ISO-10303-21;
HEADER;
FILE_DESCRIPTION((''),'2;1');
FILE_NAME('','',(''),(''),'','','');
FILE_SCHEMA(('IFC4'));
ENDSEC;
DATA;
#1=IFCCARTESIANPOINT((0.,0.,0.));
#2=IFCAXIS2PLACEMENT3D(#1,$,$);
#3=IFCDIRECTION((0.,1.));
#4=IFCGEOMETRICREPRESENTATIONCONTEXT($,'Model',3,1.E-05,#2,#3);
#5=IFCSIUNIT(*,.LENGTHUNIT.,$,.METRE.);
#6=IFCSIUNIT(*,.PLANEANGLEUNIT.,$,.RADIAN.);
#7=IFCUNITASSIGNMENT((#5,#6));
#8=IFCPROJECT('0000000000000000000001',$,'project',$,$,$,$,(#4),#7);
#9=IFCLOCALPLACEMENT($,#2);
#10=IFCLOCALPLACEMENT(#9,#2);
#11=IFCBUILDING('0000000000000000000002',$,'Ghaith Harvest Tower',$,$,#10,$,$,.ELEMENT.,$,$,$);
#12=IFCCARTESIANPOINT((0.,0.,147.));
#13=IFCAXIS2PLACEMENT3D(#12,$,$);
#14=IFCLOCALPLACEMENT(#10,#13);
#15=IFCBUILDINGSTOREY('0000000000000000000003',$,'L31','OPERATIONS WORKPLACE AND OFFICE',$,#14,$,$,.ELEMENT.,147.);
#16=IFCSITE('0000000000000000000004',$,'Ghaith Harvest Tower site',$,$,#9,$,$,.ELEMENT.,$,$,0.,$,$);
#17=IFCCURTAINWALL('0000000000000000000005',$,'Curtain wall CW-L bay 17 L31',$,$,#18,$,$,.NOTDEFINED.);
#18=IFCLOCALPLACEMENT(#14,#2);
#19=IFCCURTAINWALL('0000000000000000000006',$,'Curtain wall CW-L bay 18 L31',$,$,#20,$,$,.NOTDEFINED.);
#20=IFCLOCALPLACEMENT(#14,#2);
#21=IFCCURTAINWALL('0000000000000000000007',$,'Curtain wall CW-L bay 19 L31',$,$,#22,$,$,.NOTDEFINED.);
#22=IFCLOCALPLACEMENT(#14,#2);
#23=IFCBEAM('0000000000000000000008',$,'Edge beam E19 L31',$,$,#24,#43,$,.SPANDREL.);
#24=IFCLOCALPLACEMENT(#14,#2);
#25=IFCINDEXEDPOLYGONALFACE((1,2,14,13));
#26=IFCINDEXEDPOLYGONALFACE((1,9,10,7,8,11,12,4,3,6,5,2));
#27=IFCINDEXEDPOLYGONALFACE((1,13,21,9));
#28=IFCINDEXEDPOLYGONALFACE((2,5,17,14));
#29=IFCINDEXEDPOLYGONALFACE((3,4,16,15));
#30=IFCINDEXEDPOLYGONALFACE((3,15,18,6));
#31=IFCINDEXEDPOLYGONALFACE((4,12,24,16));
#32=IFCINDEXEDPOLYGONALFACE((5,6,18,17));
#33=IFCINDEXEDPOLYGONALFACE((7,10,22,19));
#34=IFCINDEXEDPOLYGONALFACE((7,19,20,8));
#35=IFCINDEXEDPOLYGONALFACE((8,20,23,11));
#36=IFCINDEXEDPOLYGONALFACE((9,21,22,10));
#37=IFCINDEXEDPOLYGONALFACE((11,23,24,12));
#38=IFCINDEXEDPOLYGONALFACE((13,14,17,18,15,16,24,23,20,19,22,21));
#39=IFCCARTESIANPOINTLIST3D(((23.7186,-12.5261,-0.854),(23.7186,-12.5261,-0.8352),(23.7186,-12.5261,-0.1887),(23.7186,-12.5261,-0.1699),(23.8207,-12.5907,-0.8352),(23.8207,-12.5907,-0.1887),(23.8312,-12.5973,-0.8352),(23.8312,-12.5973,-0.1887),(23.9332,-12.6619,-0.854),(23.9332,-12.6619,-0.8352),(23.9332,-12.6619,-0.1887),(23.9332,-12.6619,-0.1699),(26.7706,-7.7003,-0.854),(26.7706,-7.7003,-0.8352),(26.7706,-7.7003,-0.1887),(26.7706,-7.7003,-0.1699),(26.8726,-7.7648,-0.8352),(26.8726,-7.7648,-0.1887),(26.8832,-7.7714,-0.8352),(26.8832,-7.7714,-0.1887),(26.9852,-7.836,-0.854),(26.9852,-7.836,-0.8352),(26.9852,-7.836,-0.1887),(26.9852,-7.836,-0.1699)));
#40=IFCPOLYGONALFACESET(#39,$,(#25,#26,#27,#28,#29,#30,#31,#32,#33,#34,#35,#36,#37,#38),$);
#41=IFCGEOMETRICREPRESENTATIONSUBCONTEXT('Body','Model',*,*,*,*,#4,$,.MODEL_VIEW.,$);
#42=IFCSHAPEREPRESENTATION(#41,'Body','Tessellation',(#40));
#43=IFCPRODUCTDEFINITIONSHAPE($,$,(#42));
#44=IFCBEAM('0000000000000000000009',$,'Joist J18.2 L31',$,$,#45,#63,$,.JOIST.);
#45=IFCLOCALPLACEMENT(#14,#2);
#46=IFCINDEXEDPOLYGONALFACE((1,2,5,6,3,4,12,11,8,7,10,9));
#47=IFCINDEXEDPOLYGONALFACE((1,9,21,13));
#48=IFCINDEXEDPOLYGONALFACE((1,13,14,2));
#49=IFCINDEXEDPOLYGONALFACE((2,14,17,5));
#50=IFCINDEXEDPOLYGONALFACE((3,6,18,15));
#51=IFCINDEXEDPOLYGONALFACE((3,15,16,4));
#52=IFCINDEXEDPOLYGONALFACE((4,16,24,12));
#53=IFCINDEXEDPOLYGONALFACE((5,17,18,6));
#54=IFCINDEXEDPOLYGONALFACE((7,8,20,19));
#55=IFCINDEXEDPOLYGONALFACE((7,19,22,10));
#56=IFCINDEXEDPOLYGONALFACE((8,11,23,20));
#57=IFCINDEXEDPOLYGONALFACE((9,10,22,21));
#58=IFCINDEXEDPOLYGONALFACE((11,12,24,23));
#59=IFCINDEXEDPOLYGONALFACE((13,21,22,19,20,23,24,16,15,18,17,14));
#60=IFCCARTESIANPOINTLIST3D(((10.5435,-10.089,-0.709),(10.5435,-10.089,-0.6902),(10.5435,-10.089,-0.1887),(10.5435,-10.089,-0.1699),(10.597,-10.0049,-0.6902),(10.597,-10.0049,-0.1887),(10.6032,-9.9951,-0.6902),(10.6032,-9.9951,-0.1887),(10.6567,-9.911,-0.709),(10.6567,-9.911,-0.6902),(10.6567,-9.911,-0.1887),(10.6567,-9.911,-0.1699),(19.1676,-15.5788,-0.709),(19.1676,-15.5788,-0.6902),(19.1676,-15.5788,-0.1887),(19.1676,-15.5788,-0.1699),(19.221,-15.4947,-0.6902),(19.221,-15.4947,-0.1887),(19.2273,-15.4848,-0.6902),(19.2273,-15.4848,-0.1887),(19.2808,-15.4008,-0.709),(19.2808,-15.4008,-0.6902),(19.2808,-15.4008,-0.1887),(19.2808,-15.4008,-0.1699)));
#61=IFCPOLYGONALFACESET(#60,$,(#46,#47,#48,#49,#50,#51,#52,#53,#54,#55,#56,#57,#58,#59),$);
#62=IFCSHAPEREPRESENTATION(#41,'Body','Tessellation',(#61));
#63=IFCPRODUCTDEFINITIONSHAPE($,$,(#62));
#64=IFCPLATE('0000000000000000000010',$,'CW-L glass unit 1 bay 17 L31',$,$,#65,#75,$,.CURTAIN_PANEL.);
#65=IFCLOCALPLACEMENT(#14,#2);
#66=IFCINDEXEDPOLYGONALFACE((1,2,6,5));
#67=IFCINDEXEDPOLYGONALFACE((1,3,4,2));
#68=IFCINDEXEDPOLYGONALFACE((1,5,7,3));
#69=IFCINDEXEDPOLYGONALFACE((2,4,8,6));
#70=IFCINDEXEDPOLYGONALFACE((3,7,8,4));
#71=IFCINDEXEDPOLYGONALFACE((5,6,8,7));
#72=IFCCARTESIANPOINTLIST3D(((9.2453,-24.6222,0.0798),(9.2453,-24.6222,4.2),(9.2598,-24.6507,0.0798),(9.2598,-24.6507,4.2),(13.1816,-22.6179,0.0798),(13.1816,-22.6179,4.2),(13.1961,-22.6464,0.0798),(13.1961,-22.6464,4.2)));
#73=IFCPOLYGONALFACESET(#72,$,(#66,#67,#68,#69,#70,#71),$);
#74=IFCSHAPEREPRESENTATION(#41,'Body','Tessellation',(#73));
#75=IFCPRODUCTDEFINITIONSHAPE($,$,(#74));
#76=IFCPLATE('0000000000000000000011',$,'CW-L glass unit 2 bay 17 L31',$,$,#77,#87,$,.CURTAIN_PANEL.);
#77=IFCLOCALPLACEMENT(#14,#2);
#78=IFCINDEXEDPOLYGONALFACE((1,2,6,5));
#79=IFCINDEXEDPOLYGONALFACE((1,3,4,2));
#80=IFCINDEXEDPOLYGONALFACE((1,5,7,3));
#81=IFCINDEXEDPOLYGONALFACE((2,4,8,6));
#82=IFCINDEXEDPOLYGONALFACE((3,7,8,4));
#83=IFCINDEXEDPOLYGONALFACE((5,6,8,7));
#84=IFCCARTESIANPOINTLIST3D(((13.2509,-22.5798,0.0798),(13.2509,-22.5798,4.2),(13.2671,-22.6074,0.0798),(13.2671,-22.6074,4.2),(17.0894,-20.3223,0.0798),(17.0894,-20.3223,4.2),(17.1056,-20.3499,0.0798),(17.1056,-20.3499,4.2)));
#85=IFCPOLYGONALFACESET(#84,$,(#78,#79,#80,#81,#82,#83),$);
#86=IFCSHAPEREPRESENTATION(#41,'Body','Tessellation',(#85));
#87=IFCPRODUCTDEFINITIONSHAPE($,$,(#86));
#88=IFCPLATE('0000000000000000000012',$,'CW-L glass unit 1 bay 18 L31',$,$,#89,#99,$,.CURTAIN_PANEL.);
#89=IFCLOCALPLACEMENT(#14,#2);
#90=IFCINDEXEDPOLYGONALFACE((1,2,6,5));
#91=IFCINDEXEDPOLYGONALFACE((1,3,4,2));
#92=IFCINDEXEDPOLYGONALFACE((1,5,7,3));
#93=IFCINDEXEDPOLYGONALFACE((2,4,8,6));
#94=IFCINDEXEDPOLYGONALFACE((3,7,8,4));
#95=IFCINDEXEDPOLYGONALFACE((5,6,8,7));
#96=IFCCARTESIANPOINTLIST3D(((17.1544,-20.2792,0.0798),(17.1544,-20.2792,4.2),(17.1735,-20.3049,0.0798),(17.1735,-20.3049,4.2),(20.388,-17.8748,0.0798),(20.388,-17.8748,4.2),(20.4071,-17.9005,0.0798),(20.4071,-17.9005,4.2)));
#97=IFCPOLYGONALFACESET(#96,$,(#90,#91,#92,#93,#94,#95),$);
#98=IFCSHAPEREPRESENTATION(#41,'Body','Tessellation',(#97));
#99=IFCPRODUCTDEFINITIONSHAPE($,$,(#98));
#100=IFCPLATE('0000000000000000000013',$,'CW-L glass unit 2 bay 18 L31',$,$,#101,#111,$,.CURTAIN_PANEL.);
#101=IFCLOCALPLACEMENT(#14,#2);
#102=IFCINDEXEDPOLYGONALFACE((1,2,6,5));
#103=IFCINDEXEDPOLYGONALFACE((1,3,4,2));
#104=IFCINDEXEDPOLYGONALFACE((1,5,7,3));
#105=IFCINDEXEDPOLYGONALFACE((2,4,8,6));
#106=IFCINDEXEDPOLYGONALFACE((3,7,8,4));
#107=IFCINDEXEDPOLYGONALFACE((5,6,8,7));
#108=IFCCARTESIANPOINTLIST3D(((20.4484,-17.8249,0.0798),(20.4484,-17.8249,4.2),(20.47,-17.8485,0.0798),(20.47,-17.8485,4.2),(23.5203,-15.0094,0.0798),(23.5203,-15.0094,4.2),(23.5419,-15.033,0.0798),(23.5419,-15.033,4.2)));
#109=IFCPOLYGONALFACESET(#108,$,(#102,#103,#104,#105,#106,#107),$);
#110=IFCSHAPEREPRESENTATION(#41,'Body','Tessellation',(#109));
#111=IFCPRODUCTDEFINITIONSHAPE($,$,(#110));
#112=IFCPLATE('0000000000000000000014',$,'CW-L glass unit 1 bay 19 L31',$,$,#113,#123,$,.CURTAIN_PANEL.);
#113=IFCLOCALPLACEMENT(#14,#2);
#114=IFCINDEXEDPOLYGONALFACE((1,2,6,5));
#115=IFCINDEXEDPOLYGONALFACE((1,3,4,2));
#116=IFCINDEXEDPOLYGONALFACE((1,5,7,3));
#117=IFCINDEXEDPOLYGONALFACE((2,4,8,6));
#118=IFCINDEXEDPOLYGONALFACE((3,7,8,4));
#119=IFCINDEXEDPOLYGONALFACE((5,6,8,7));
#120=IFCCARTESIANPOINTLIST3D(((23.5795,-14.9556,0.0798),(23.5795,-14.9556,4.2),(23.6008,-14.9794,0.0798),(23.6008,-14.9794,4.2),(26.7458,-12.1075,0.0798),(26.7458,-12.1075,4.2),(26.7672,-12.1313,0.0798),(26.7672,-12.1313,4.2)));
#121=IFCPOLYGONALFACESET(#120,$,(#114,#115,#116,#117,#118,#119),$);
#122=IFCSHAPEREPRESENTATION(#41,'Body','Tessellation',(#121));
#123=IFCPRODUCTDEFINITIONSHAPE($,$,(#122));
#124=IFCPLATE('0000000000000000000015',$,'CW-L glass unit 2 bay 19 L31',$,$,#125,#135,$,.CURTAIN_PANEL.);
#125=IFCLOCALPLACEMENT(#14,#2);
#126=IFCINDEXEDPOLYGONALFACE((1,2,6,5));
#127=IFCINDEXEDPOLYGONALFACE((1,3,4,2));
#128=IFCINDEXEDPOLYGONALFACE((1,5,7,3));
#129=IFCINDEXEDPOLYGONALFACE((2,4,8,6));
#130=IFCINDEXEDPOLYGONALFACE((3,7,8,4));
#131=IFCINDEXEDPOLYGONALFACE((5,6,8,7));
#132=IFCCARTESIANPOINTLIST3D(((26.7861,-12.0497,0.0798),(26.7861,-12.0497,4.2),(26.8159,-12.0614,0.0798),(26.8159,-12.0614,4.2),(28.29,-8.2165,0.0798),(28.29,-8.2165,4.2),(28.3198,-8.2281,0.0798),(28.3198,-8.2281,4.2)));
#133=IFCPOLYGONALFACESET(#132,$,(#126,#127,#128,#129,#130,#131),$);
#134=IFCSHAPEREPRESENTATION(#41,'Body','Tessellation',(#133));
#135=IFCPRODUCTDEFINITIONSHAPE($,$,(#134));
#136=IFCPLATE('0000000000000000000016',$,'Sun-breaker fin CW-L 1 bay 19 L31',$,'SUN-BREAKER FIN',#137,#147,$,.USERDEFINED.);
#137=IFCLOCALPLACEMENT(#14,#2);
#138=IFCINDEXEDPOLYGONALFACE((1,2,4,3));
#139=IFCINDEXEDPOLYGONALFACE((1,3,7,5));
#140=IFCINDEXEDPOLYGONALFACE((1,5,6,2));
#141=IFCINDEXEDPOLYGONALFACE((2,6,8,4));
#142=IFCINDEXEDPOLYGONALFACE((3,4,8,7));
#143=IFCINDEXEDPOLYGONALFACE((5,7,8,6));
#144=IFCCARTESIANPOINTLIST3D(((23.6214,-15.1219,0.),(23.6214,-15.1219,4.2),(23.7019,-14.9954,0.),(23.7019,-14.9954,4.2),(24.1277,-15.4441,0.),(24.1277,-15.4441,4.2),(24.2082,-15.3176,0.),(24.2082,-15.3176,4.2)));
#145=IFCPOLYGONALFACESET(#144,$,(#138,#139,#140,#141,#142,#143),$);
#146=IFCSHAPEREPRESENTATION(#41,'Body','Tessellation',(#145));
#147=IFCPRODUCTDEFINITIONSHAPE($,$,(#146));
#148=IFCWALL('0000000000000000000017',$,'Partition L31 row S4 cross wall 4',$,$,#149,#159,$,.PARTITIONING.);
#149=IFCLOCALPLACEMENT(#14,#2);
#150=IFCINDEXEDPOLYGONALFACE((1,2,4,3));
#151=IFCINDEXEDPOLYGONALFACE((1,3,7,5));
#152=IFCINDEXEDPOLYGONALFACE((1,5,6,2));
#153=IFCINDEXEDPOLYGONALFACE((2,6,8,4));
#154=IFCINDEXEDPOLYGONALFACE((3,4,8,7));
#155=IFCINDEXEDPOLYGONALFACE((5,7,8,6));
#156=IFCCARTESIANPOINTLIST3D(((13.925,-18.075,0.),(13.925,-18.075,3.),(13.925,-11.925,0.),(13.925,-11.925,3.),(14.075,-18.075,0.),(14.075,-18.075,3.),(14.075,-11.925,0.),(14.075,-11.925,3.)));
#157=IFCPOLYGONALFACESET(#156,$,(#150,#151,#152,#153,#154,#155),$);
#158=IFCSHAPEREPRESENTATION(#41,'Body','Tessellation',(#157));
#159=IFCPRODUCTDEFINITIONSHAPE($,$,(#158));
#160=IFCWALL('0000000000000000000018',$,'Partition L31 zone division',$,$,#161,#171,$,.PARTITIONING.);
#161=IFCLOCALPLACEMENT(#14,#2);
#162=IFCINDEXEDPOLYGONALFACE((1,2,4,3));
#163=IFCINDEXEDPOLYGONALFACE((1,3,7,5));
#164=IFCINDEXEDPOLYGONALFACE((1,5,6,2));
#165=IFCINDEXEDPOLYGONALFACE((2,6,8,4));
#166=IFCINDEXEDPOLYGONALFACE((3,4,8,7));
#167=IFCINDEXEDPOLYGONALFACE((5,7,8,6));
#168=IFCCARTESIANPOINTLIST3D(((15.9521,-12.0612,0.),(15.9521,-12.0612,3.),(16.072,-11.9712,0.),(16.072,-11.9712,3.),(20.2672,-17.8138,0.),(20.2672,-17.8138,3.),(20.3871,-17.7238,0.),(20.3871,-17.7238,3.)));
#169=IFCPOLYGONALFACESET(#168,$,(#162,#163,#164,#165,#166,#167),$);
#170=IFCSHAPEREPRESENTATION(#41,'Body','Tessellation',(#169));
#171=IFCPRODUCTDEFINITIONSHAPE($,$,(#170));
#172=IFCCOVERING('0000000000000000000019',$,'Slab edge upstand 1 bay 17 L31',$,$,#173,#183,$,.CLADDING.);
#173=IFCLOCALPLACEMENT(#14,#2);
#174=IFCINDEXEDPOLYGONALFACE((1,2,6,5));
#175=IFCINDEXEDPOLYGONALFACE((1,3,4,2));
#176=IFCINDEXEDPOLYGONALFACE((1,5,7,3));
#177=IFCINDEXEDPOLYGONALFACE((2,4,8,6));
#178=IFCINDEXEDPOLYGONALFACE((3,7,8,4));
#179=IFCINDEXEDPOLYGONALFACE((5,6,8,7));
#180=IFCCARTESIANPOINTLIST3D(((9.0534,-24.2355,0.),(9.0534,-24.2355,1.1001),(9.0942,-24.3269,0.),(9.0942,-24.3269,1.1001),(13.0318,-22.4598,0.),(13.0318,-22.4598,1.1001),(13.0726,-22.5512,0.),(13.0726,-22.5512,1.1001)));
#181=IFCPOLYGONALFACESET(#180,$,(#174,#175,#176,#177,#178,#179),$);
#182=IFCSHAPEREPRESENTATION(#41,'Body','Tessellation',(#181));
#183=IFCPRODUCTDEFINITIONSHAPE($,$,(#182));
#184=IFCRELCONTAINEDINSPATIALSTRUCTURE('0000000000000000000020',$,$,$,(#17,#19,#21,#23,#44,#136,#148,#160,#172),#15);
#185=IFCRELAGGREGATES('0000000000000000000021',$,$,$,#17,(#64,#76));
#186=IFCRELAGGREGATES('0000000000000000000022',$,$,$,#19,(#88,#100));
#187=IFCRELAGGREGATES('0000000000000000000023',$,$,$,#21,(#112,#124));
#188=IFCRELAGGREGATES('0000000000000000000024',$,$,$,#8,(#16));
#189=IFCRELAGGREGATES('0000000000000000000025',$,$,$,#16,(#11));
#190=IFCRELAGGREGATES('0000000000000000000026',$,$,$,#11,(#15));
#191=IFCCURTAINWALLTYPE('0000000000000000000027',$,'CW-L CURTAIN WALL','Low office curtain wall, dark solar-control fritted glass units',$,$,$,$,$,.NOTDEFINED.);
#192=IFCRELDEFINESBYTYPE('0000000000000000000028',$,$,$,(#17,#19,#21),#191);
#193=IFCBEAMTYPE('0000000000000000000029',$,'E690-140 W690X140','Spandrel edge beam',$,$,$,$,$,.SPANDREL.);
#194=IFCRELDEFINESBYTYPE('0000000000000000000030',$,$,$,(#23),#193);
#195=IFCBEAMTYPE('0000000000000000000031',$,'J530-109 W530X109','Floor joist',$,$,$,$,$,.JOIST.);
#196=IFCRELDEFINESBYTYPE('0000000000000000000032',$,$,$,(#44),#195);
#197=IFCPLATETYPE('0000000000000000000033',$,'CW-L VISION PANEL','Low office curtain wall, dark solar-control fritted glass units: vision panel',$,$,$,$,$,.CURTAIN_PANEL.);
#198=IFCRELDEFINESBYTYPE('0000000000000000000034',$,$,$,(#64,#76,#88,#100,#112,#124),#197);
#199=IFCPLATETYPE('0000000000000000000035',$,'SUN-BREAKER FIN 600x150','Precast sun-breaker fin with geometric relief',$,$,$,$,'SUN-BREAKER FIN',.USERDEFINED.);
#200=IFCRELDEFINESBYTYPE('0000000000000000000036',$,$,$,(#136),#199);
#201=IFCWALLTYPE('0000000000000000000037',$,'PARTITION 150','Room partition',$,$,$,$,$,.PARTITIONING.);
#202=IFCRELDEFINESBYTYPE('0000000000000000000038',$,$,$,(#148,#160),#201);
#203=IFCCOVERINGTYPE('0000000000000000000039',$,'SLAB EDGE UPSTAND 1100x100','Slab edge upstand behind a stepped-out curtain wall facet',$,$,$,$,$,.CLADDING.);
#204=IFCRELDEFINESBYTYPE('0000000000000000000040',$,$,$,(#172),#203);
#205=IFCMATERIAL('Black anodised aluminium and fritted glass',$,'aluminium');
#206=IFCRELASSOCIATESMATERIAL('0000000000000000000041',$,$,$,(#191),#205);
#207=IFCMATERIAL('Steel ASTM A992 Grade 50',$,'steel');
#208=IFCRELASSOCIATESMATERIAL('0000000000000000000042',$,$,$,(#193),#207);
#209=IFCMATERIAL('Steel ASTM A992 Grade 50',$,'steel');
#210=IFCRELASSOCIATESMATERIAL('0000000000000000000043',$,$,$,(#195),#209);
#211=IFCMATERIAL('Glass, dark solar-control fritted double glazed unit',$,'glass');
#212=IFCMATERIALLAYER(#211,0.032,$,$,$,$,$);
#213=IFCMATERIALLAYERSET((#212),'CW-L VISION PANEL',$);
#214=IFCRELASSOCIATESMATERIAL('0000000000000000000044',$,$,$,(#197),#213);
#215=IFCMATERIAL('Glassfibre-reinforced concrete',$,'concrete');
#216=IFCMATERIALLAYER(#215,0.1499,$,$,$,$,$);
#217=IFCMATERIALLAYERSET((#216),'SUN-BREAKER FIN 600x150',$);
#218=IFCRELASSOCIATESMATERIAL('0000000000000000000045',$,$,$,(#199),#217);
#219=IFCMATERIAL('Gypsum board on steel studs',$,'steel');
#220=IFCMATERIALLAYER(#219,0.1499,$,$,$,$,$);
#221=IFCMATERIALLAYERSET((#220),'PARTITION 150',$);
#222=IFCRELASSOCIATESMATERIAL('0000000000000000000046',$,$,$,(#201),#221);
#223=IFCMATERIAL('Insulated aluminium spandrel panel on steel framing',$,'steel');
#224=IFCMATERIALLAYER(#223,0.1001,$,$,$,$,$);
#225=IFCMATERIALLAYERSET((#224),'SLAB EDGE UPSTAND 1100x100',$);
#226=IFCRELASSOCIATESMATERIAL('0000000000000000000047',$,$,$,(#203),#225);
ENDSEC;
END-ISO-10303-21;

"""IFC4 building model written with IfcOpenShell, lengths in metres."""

from ifc_helpers import new_model, si_unit, direction, frame, frame_2d, origin, origin_2d, place, context, subcontext, project, spatial, rectangle, i_section, extrude, material, layer, layer_set, material_profile, profile_set, type_object, element, aggregate, save


model = new_model("IFC4")

# Units and contexts
model_context = context("Model", 3, precision=1e-05, world=origin(), true_north=direction((0.0, 1.0)))
body_context = subcontext(model_context, "Body", "Model", "MODEL_VIEW")
ifc_project = project(units=[si_unit("LENGTHUNIT", "METRE"), si_unit("PLANEANGLEUNIT", "RADIAN")], contexts=[model_context])

# Site, building, storey
site_placement = place(None, origin())
site = spatial("IfcSite", under=ifc_project, at=site_placement, Name="Ghaith Harvest Tower site", CompositionType="ELEMENT", RefElevation=0.0)
building_placement = place(site_placement, origin())
building = spatial("IfcBuilding", under=site, at=building_placement, Name="Ghaith Harvest Tower", CompositionType="ELEMENT")
storey_placement = place(building_placement, frame((0.0, 0.0, 147.0)))
storey = spatial("IfcBuildingStorey", under=building, at=storey_placement, Name="L31", Description="OPERATIONS WORKPLACE AND OFFICE", CompositionType="ELEMENT", Elevation=147.0)

# Curtain wall
ifc_material_1 = material(Name="Black anodised aluminium and fritted glass", Category="aluminium")
curtain_wall_type = type_object("IfcCurtainWallType", Name="CW-L CURTAIN WALL", Description="Low office curtain wall, dark solar-control fritted glass units", PredefinedType="NOTDEFINED", material=ifc_material_1)
curtain_wall_1_placement = place(storey_placement, origin())
curtain_wall_1 = element("IfcCurtainWall", 1, at=curtain_wall_1_placement, inside=storey, type_object=curtain_wall_type, Name="Curtain wall CW-L bay 17 L31", PredefinedType="NOTDEFINED")

# Curtain walls
curtain_wall_2_placement = place(storey_placement, origin())
curtain_wall_2 = element("IfcCurtainWall", 2, at=curtain_wall_2_placement, inside=storey, type_object=curtain_wall_type, Name="Curtain wall CW-L bay 18 L31", PredefinedType="NOTDEFINED")
curtain_wall_3_placement = place(storey_placement, origin())
curtain_wall_3 = element("IfcCurtainWall", 3, at=curtain_wall_3_placement, inside=storey, type_object=curtain_wall_type, Name="Curtain wall CW-L bay 19 L31", PredefinedType="NOTDEFINED")

# Beams
ifc_material_2 = material(Name="Steel ASTM A992 Grade 50", Category="steel")
ifc_material_profile_1 = material_profile(ifc_material_2, i_section(OverallWidth=0.2539, OverallDepth=0.6841, WebThickness=0.0125, FlangeThickness=0.0188, at=origin_2d()), Name="W690X140")
ifc_profile_set_1 = profile_set([ifc_material_profile_1], Name="Steel ASTM A992 Grade 50")
beam_type_1 = type_object("IfcBeamType", Name="E690-140 W690X140", Description="Spandrel edge beam", PredefinedType="SPANDREL", material=ifc_profile_set_1)
beam_1_placement = place(storey_placement, frame((23.8259, -12.594, -0.512), z_axis=(0.5345, 0.845169, 0.0), x_axis=(-0.845169, 0.5345, 0.0)))
element("IfcBeam", 4, at=beam_1_placement, inside=storey, type_object=beam_type_1, Name="Edge beam E19 L31", PredefinedType="SPANDREL", context=body_context, shape_type="SweptSolid", body=[
    extrude(i_section(OverallWidth=0.2539, OverallDepth=0.6841, WebThickness=0.0125, FlangeThickness=0.0188, at=origin_2d()), origin(), (0.0, 0.0, 1.0), 5.71),
])
ifc_material_3 = material(Name="Steel ASTM A992 Grade 50", Category="steel")
ifc_material_profile_2 = material_profile(ifc_material_3, i_section(OverallWidth=0.2109, OverallDepth=0.5391, WebThickness=0.0117, FlangeThickness=0.0188, at=origin_2d()), Name="W530X109")
ifc_profile_set_2 = profile_set([ifc_material_profile_2], Name="Steel ASTM A992 Grade 50")
beam_type_2 = type_object("IfcBeamType", Name="J530-109 W530X109", Description="Floor joist", PredefinedType="JOIST", material=ifc_profile_set_2)
beam_2_placement = place(storey_placement, frame((10.6001, -10.0, -0.4395), z_axis=(0.843585, -0.536996, 0.0), x_axis=(0.536996, 0.843585, 0.0)))
element("IfcBeam", 5, at=beam_2_placement, inside=storey, type_object=beam_type_2, Name="Joist J18.2 L31", PredefinedType="JOIST", context=body_context, shape_type="SweptSolid", body=[
    extrude(i_section(OverallWidth=0.2109, OverallDepth=0.5391, WebThickness=0.0117, FlangeThickness=0.0188, at=origin_2d()), origin(), (0.0, 0.0, 1.0), 10.2231),
])

# Plates
ifc_material_4 = material(Name="Glass, dark solar-control fritted double glazed unit", Category="glass")
ifc_layer_1 = layer(ifc_material_4, 0.032)
ifc_layer_set_1 = layer_set([ifc_layer_1], Name="CW-L VISION PANEL")
plate_type_1 = type_object("IfcPlateType", Name="CW-L VISION PANEL", Description="Low office curtain wall, dark solar-control fritted glass units: vision panel", PredefinedType="CURTAIN_PANEL", material=ifc_layer_set_1)
plate_1_placement = place(storey_placement, frame((11.2207, -23.6343, 0.0798), z_axis=(0.0, 0.0, 1.0), x_axis=(0.891127, 0.453754, 0.0)))
plate_1 = element("IfcPlate", 6, at=plate_1_placement, type_object=plate_type_1, Name="CW-L glass unit 1 bay 17 L31", PredefinedType="CURTAIN_PANEL", context=body_context, shape_type="SweptSolid", body=[
    extrude(rectangle(XDim=4.4172, YDim=0.032, at=origin_2d()), origin(), (0.0, 0.0, 1.0), 4.1201),
])
plate_2_placement = place(storey_placement, frame((15.1782, -21.4648, 0.0798), z_axis=(0.0, 0.0, 1.0), x_axis=(0.861979, 0.506943, 0.0)))
plate_2 = element("IfcPlate", 7, at=plate_2_placement, type_object=plate_type_1, Name="CW-L glass unit 2 bay 17 L31", PredefinedType="CURTAIN_PANEL", context=body_context, shape_type="SweptSolid", body=[
    extrude(rectangle(XDim=4.4531, YDim=0.032, at=origin_2d()), origin(), (0.0, 0.0, 1.0), 4.1201),
])
aggregate(curtain_wall_1, [plate_1, plate_2])
plate_3_placement = place(storey_placement, frame((18.7808, -19.0898, 0.0798), z_axis=(0.0, 0.0, 1.0), x_axis=(0.802462, 0.596703, 0.0)))
plate_3 = element("IfcPlate", 8, at=plate_3_placement, type_object=plate_type_1, Name="CW-L glass unit 1 bay 18 L31", PredefinedType="CURTAIN_PANEL", context=body_context, shape_type="SweptSolid", body=[
    extrude(rectangle(XDim=4.0295, YDim=0.032, at=origin_2d()), origin(), (0.0, 0.0, 1.0), 4.1201),
])
plate_4_placement = place(storey_placement, frame((21.9951, -16.429, 0.0798), z_axis=(0.0, 0.0, 1.0), x_axis=(0.737202, 0.675673, 0.0)))
plate_4 = element("IfcPlate", 9, at=plate_4_placement, type_object=plate_type_1, Name="CW-L glass unit 2 bay 18 L31", PredefinedType="CURTAIN_PANEL", context=body_context, shape_type="SweptSolid", body=[
    extrude(rectangle(XDim=4.167, YDim=0.032, at=origin_2d()), origin(), (0.0, 0.0, 1.0), 4.1201),
])
aggregate(curtain_wall_2, [plate_3, plate_4])
plate_5_placement = place(storey_placement, frame((25.1733, -13.5435, 0.0798), z_axis=(0.0, 0.0, 1.0), x_axis=(0.743493, 0.668744, 0.0)))
plate_5 = element("IfcPlate", 10, at=plate_5_placement, type_object=plate_type_1, Name="CW-L glass unit 1 bay 19 L31", PredefinedType="CURTAIN_PANEL", context=body_context, shape_type="SweptSolid", body=[
    extrude(rectangle(XDim=4.2588, YDim=0.032, at=origin_2d()), origin(), (0.0, 0.0, 1.0), 4.1201),
])
plate_6_placement = place(storey_placement, frame((27.553, -10.1389, 0.0798), z_axis=(0.0, 0.0, 1.0), x_axis=(0.365226, 0.930919, 0.0)))
plate_6 = element("IfcPlate", 11, at=plate_6_placement, type_object=plate_type_1, Name="CW-L glass unit 2 bay 19 L31", PredefinedType="CURTAIN_PANEL", context=body_context, shape_type="SweptSolid", body=[
    extrude(rectangle(XDim=4.1177, YDim=0.032, at=origin_2d()), origin(), (0.0, 0.0, 1.0), 4.1201),
])
aggregate(curtain_wall_3, [plate_5, plate_6])
ifc_material_5 = material(Name="Glassfibre-reinforced concrete", Category="concrete")
ifc_layer_2 = layer(ifc_material_5, 0.1499)
ifc_layer_set_2 = layer_set([ifc_layer_2], Name="SUN-BREAKER FIN 600x150")
plate_type_2 = type_object("IfcPlateType", Name="SUN-BREAKER FIN 600x150", Description="Precast sun-breaker fin with geometric relief", ElementType="SUN-BREAKER FIN", PredefinedType="USERDEFINED", material=ifc_layer_set_2)
plate_7_placement = place(storey_placement, frame((23.9148, -15.2197, 0.0), z_axis=(0.0, 0.0, 1.0), x_axis=(0.843644, -0.536903, 0.0)))
element("IfcPlate", 12, at=plate_7_placement, inside=storey, type_object=plate_type_2, Name="Sun-breaker fin CW-L 1 bay 19 L31", ObjectType="SUN-BREAKER FIN", PredefinedType="USERDEFINED", context=body_context, shape_type="SweptSolid", body=[
    extrude(rectangle(XDim=0.6001, YDim=0.1499, at=origin_2d()), origin(), (0.0, 0.0, 1.0), 4.2),
])

# Walls
ifc_material_6 = material(Name="Gypsum board on steel studs", Category="steel")
ifc_layer_3 = layer(ifc_material_6, 0.1499)
ifc_layer_set_3 = layer_set([ifc_layer_3], Name="PARTITION 150")
wall_type = type_object("IfcWallType", Name="PARTITION 150", Description="Room partition", PredefinedType="PARTITIONING", material=ifc_layer_set_3)
wall_1_placement = place(storey_placement, frame((14.0, -11.925, 0.0), z_axis=(0.0, 0.0, 1.0), x_axis=(0.0, -1.0, 0.0)))
element("IfcWall", 13, at=wall_1_placement, inside=storey, type_object=wall_type, Name="Partition L31 row S4 cross wall 4", PredefinedType="PARTITIONING", context=body_context, shape_type="SweptSolid", body=[
    extrude(rectangle(XDim=6.1499, YDim=0.1499, at=frame_2d((3.075, 0.0))), origin(), (0.0, 0.0, 1.0), 3.0),
])
wall_2_placement = place(storey_placement, frame((16.012, -12.0161, 0.0), z_axis=(0.0, 0.0, 1.0), x_axis=(0.60006, -0.799955, 0.0)))
element("IfcWall", 14, at=wall_2_placement, inside=storey, type_object=wall_type, Name="Partition L31 zone division", PredefinedType="PARTITIONING", context=body_context, shape_type="SweptSolid", body=[
    extrude(rectangle(XDim=7.1912, YDim=0.1499, at=frame_2d((3.5957, 0.0))), origin(), (0.0, 0.0, 1.0), 3.0),
])

# Covering
ifc_material_7 = material(Name="Insulated aluminium spandrel panel on steel framing", Category="steel")
ifc_layer_4 = layer(ifc_material_7, 0.1001)
ifc_layer_set_4 = layer_set([ifc_layer_4], Name="SLAB EDGE UPSTAND 1100x100")
covering_type = type_object("IfcCoveringType", Name="SLAB EDGE UPSTAND 1100x100", Description="Slab edge upstand behind a stepped-out curtain wall facet", PredefinedType="CLADDING", material=ifc_layer_set_4)
covering_1_placement = place(storey_placement, frame((11.063, -23.3933, 0.0), z_axis=(0.0, 0.0, 1.0), x_axis=(0.91317, 0.407578, 0.0)))
element("IfcCovering", 15, at=covering_1_placement, inside=storey, type_object=covering_type, Name="Slab edge upstand 1 bay 17 L31", PredefinedType="CLADDING", context=body_context, shape_type="SweptSolid", body=[
    extrude(rectangle(XDim=4.3567, YDim=0.1001, at=origin_2d()), origin(), (0.0, 0.0, 1.0), 1.1001),
])

save(model, "model.ifc")
